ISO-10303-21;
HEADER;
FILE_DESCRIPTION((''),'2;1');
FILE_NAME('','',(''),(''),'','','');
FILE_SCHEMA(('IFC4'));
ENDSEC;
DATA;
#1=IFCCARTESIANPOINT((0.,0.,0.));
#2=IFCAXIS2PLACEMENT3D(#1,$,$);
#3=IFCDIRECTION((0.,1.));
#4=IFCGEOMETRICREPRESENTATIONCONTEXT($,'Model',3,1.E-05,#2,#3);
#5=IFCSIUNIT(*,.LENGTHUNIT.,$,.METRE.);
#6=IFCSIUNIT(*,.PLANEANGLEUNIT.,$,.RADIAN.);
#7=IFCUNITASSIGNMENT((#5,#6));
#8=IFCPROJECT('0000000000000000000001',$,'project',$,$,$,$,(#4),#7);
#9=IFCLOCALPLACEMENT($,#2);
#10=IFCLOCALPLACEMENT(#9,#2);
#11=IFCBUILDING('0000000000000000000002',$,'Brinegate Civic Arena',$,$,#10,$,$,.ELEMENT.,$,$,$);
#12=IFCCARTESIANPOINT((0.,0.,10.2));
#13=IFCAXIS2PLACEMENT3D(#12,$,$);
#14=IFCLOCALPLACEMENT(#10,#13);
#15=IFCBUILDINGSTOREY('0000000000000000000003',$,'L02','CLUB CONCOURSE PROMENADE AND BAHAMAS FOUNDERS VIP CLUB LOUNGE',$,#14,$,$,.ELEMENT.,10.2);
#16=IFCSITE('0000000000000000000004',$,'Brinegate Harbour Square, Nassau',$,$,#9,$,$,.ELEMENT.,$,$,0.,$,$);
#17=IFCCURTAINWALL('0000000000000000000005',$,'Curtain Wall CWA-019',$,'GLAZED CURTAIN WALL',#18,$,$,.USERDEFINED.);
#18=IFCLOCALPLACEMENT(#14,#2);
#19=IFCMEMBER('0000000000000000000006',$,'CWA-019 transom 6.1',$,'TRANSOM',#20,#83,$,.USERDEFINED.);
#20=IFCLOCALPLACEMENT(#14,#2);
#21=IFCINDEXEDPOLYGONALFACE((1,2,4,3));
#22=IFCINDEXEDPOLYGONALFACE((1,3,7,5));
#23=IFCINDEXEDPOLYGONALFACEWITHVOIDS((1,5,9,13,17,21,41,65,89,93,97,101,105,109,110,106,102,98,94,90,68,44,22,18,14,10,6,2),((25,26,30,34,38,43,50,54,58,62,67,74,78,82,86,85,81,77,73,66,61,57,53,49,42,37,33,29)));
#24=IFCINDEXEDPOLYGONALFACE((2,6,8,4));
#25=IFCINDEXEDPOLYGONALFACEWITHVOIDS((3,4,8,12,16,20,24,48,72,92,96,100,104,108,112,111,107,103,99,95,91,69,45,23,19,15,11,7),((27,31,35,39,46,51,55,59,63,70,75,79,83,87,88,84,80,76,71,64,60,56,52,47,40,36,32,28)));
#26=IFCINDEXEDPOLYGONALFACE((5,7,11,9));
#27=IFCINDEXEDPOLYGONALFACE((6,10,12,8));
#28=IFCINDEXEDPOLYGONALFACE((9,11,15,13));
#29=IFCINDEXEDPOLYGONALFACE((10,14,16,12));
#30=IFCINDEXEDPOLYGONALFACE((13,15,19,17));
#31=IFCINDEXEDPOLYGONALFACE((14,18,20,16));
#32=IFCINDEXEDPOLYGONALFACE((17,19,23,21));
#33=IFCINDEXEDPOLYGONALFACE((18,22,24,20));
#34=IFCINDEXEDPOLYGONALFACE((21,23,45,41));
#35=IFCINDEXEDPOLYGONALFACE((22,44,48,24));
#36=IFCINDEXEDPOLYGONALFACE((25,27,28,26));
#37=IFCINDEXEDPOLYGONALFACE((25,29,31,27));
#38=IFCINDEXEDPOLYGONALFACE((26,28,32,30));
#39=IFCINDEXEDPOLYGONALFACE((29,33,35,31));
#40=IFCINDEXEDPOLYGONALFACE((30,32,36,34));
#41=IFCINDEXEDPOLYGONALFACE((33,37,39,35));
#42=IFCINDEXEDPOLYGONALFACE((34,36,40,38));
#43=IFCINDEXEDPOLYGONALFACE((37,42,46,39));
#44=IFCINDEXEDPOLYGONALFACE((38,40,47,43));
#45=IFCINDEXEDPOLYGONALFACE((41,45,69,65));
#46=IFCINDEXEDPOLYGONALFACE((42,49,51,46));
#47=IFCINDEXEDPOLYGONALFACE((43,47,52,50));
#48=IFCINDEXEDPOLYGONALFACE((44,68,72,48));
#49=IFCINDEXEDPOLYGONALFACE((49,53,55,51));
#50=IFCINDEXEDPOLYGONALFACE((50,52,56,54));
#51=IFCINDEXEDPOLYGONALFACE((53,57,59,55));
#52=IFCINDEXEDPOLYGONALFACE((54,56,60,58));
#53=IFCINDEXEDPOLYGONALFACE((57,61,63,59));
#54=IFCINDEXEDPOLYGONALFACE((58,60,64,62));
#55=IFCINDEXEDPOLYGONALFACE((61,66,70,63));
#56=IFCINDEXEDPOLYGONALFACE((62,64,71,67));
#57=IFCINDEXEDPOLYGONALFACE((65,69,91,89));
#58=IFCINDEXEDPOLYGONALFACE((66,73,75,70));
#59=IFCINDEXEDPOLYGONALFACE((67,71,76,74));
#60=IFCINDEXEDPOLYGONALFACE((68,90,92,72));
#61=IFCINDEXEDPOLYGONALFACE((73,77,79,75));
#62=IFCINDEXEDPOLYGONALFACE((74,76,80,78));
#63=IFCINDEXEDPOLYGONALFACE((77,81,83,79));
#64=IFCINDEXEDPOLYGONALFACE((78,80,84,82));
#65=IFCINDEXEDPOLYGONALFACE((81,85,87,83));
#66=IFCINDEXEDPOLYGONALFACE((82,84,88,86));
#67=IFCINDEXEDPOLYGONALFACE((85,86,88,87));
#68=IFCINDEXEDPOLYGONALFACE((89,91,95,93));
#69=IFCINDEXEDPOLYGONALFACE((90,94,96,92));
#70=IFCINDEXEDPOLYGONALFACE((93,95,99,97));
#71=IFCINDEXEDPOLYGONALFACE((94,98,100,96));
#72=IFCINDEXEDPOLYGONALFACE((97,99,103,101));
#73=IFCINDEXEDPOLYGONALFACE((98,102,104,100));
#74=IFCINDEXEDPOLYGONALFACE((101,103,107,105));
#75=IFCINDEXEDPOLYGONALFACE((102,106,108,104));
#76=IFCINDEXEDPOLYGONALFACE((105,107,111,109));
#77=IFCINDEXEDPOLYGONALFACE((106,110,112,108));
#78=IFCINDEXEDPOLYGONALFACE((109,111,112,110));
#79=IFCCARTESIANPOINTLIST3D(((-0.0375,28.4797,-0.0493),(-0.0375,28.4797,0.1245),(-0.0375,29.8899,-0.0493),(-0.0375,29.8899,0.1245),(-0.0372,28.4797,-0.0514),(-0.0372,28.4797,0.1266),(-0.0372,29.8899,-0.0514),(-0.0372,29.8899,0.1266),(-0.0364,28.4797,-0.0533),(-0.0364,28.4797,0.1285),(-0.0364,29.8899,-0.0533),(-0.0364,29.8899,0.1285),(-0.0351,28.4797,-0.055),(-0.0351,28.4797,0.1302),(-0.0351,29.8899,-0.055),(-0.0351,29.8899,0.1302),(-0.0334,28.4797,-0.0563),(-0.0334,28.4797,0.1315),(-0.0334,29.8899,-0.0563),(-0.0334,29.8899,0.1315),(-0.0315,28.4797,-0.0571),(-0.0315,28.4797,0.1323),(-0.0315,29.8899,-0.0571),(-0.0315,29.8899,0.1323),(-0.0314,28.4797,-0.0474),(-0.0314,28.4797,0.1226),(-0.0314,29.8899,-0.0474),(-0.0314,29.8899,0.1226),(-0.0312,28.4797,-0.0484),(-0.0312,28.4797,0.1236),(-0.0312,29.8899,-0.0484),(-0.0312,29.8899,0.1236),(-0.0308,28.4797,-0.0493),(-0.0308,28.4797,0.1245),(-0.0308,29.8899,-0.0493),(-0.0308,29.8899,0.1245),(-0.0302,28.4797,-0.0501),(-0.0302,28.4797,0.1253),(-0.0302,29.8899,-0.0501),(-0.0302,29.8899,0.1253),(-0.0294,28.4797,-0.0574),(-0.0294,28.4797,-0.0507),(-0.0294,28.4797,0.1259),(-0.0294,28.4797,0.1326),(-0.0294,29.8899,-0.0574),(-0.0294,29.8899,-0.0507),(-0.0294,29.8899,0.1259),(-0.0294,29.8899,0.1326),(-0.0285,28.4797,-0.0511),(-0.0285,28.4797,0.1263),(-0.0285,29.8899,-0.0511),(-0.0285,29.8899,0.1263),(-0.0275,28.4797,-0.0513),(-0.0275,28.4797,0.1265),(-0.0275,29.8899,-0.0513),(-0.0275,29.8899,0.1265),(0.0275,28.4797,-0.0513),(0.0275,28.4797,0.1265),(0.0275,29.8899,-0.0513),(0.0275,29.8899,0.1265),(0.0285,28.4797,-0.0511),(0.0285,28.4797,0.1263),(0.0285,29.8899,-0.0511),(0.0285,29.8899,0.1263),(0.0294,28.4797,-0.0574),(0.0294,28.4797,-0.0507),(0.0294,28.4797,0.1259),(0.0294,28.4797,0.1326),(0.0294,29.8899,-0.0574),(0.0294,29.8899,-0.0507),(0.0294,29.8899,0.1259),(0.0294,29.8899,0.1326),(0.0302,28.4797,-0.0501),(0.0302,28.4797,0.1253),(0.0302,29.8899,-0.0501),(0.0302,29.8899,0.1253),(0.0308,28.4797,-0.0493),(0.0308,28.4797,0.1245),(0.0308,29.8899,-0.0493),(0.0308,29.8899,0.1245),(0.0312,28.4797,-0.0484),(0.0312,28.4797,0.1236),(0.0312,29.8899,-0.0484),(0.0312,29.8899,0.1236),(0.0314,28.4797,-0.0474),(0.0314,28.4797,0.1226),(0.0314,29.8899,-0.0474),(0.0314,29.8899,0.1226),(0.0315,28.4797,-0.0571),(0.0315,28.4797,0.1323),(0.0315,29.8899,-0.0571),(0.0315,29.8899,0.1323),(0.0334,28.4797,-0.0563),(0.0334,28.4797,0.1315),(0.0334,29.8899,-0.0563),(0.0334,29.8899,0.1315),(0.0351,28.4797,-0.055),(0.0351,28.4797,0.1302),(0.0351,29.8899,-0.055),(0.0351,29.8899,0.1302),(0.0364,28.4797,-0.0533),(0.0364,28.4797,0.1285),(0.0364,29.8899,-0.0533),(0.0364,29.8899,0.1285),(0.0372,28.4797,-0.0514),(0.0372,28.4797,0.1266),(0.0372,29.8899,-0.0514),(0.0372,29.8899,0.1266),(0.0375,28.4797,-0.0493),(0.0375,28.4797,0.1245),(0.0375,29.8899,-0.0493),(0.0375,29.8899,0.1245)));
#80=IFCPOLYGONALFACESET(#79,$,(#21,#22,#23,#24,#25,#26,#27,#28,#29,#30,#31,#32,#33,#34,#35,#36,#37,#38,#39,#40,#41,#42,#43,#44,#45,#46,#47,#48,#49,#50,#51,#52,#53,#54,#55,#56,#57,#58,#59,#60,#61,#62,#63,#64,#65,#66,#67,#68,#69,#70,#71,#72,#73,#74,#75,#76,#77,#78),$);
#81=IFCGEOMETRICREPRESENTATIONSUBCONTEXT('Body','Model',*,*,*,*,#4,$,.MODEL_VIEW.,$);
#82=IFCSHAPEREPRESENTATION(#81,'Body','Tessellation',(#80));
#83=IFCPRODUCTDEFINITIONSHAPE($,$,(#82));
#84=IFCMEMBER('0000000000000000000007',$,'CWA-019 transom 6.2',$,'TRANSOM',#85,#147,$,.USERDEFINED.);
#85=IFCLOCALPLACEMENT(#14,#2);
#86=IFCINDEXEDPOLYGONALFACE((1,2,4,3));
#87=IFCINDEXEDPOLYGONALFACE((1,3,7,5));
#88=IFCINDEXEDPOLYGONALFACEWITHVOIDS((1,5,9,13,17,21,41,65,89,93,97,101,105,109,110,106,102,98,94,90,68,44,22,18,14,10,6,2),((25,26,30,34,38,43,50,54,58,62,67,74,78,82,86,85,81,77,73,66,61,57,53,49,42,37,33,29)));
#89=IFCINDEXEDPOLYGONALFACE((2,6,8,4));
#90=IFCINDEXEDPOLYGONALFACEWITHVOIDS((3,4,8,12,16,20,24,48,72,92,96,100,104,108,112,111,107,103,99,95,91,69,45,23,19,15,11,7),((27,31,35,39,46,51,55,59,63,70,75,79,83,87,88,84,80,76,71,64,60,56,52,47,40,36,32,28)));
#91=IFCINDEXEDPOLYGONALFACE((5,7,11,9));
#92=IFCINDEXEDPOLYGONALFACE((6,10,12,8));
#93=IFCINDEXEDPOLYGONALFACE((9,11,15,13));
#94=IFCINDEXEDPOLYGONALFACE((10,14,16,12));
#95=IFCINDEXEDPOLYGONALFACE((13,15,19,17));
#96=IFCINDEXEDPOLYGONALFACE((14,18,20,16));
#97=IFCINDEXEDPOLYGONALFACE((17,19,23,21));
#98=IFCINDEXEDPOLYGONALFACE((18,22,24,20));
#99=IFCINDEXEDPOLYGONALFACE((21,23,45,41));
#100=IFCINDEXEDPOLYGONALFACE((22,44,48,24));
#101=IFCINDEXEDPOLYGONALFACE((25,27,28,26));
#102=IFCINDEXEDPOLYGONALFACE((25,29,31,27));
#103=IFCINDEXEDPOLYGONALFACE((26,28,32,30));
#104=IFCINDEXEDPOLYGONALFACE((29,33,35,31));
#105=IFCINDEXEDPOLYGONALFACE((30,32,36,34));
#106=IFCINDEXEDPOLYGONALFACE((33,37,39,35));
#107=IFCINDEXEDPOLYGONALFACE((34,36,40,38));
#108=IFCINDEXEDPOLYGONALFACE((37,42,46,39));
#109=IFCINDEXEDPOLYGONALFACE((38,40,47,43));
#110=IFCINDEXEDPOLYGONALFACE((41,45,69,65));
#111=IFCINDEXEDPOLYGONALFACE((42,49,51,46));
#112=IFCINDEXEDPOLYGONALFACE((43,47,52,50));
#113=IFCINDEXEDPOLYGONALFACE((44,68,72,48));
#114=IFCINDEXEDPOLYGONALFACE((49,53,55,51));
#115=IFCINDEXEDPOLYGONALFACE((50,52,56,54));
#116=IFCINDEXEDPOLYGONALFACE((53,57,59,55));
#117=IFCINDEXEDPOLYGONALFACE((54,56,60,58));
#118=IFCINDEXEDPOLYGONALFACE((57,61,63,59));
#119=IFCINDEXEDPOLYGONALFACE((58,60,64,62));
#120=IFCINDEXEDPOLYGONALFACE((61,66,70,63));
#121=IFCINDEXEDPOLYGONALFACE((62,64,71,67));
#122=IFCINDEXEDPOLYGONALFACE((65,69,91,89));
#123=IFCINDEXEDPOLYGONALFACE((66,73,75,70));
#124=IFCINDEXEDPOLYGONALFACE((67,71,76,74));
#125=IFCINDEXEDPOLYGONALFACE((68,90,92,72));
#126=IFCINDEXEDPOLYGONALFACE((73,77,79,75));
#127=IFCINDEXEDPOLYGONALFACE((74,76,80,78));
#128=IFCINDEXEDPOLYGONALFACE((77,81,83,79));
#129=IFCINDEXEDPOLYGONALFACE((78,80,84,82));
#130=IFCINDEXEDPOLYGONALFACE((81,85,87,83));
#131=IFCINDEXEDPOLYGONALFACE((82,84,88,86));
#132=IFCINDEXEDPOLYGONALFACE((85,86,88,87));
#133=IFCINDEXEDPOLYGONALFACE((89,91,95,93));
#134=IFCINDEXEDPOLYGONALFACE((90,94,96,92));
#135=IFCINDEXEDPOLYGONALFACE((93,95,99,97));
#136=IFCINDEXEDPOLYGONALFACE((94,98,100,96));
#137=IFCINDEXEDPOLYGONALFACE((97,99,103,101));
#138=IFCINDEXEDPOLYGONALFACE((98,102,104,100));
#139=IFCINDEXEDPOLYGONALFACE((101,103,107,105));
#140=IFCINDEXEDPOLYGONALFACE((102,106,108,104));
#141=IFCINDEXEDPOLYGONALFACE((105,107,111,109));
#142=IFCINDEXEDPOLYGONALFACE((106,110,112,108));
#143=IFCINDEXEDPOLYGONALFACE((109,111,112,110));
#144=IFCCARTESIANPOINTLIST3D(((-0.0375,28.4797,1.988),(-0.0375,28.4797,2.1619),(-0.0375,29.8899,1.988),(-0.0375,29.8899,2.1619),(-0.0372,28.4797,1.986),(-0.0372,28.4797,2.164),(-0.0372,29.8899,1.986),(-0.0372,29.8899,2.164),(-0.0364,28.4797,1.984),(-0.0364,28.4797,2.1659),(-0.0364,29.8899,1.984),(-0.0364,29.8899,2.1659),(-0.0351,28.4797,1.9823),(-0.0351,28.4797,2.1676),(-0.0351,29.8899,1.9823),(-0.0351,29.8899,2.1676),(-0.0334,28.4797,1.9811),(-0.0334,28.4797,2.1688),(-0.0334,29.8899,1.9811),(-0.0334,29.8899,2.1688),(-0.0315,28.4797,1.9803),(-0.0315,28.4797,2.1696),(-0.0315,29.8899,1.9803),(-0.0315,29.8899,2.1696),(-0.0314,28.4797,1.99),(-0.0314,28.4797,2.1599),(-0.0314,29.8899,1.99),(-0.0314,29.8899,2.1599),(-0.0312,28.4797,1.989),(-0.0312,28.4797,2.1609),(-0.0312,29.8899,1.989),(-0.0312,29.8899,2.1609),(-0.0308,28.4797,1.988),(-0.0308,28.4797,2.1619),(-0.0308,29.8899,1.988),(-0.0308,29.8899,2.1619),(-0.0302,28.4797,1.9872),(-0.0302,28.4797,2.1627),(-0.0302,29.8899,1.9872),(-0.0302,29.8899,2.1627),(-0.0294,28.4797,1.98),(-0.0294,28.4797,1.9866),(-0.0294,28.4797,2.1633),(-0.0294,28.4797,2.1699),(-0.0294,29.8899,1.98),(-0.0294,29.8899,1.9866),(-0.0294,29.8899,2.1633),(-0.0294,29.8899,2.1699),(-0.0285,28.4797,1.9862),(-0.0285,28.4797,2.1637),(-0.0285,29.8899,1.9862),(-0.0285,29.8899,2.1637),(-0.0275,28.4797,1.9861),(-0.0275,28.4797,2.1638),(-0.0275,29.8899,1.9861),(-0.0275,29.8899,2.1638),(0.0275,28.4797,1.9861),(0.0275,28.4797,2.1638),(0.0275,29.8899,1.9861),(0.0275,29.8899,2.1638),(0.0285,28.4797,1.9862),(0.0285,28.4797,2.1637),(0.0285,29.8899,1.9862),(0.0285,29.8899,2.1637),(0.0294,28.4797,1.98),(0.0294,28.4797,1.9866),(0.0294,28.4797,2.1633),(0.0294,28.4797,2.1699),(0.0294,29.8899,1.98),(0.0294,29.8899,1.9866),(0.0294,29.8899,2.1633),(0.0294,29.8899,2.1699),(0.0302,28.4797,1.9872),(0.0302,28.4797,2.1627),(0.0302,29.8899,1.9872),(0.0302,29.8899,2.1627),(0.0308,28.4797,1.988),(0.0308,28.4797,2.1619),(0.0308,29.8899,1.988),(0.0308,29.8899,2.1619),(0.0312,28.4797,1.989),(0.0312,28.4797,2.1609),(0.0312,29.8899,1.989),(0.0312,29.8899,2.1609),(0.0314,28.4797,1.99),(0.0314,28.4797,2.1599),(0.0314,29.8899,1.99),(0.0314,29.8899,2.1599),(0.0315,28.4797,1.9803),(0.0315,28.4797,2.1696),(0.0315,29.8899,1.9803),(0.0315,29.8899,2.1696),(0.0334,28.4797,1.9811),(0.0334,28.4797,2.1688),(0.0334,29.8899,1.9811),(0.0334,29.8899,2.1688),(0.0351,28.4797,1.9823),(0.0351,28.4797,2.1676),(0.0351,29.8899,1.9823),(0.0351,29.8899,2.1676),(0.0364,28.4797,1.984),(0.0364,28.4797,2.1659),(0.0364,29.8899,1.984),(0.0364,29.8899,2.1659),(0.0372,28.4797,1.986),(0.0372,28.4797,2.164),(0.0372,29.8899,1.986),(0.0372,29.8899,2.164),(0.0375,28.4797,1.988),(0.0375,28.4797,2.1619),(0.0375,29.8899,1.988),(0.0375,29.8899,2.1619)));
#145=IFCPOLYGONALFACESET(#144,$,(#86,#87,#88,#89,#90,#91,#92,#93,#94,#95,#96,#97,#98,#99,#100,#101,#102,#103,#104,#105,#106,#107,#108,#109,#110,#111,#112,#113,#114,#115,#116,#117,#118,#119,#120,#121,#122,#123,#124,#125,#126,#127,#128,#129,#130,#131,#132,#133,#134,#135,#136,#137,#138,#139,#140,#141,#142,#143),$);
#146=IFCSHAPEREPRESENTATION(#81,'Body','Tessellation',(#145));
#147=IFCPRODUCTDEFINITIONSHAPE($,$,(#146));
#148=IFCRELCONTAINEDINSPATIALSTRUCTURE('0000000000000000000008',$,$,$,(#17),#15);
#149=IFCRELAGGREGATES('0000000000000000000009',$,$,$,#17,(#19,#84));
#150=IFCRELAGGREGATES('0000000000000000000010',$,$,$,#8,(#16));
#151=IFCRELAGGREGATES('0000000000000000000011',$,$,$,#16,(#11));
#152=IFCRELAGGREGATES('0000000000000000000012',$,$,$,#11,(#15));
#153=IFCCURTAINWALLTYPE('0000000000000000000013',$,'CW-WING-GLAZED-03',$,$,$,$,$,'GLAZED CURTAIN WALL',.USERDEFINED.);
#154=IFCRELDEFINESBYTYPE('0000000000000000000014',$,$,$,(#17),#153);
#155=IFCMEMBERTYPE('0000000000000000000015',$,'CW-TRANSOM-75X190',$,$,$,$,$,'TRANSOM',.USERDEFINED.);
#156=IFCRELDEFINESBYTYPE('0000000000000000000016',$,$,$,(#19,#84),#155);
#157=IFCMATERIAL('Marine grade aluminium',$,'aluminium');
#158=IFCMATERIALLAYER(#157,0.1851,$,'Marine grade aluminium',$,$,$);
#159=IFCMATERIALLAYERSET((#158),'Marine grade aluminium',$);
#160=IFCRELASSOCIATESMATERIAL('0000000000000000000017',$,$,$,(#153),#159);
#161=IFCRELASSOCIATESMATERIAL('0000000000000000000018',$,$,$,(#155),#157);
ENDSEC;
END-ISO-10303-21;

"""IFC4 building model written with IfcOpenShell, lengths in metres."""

from ifc_helpers import new_model, si_unit, direction, frame, origin, origin_2d, place, context, subcontext, project, spatial, hollow_rectangle, extrude, material, layer, layer_set, material_profile, profile_set, type_object, element, aggregate, save


model = new_model("IFC4")

# Units and contexts
model_context = context("Model", 3, precision=1e-05, world=origin(), true_north=direction((0.0, 1.0)))
body_context = subcontext(model_context, "Body", "Model", "MODEL_VIEW")
ifc_project = project(units=[si_unit("LENGTHUNIT", "METRE"), si_unit("PLANEANGLEUNIT", "RADIAN")], contexts=[model_context])

# Site, building, storey
site_placement = place(None, origin())
site = spatial("IfcSite", under=ifc_project, at=site_placement, Name="Brinegate Harbour Square, Nassau", CompositionType="ELEMENT", RefElevation=0.0)
building_placement = place(site_placement, origin())
building = spatial("IfcBuilding", under=site, at=building_placement, Name="Brinegate Civic Arena", CompositionType="ELEMENT")
storey_placement = place(building_placement, frame((0.0, 0.0, 10.2)))
storey = spatial("IfcBuildingStorey", under=building, at=storey_placement, Name="L02", Description="CLUB CONCOURSE PROMENADE AND BAHAMAS FOUNDERS VIP CLUB LOUNGE", CompositionType="ELEMENT", Elevation=10.2)

# Curtain wall, members
ifc_material_1 = material(Name="Marine grade aluminium", Category="aluminium")
ifc_layer_1 = layer(ifc_material_1, 0.1851, Name="Marine grade aluminium")
ifc_layer_set_1 = layer_set([ifc_layer_1], Name="Marine grade aluminium")
curtain_wall_type = type_object("IfcCurtainWallType", Name="CW-WING-GLAZED-03", ElementType="GLAZED CURTAIN WALL", PredefinedType="USERDEFINED", material=ifc_layer_set_1)
curtain_wall_placement = place(storey_placement, origin())
curtain_wall = element("IfcCurtainWall", 1, at=curtain_wall_placement, inside=storey, type_object=curtain_wall_type, Name="Curtain Wall CWA-019", ObjectType="GLAZED CURTAIN WALL", PredefinedType="USERDEFINED")
ifc_material_profile_1 = material_profile(ifc_material_1, hollow_rectangle(XDim=0.075, YDim=0.1899, WallThickness=0.0061, InnerFilletRadius=0.0039, OuterFilletRadius=0.0081, at=origin_2d()), Name="TRN75X190")
ifc_profile_set_1 = profile_set([ifc_material_profile_1], Name="Marine grade aluminium")
member_type_1 = type_object("IfcMemberType", Name="CW-TRANSOM-75X190", ElementType="TRANSOM", PredefinedType="USERDEFINED", material=ifc_profile_set_1)
member_1_placement = place(storey_placement, frame((0.0, 28.4797, 0.0376), z_axis=(0.0, 1.0, 0.0), x_axis=(-1.0, 0.0, 0.0)))
member_1 = element("IfcMember", 2, at=member_1_placement, type_object=member_type_1, Name="CWA-019 transom 6.1", ObjectType="TRANSOM", PredefinedType="USERDEFINED", context=body_context, shape_type="SweptSolid", body=[
    extrude(hollow_rectangle(XDim=0.075, YDim=0.1899, WallThickness=0.0061, InnerFilletRadius=0.0039, OuterFilletRadius=0.0081, at=origin_2d()), origin(), (0.0, 0.0, 1.0), 1.4102),
])
member_2_placement = place(storey_placement, frame((0.0, 28.4797, 2.075), z_axis=(0.0, 1.0, 0.0), x_axis=(-1.0, 0.0, 0.0)))
member_2 = element("IfcMember", 3, at=member_2_placement, type_object=member_type_1, Name="CWA-019 transom 6.2", ObjectType="TRANSOM", PredefinedType="USERDEFINED", context=body_context, shape_type="SweptSolid", body=[
    extrude(hollow_rectangle(XDim=0.075, YDim=0.1899, WallThickness=0.0061, InnerFilletRadius=0.0039, OuterFilletRadius=0.0081, at=origin_2d()), origin(), (0.0, 0.0, 1.0), 1.4102),
])

aggregate(curtain_wall, [member_1, member_2])

save(model, "model.ifc")
